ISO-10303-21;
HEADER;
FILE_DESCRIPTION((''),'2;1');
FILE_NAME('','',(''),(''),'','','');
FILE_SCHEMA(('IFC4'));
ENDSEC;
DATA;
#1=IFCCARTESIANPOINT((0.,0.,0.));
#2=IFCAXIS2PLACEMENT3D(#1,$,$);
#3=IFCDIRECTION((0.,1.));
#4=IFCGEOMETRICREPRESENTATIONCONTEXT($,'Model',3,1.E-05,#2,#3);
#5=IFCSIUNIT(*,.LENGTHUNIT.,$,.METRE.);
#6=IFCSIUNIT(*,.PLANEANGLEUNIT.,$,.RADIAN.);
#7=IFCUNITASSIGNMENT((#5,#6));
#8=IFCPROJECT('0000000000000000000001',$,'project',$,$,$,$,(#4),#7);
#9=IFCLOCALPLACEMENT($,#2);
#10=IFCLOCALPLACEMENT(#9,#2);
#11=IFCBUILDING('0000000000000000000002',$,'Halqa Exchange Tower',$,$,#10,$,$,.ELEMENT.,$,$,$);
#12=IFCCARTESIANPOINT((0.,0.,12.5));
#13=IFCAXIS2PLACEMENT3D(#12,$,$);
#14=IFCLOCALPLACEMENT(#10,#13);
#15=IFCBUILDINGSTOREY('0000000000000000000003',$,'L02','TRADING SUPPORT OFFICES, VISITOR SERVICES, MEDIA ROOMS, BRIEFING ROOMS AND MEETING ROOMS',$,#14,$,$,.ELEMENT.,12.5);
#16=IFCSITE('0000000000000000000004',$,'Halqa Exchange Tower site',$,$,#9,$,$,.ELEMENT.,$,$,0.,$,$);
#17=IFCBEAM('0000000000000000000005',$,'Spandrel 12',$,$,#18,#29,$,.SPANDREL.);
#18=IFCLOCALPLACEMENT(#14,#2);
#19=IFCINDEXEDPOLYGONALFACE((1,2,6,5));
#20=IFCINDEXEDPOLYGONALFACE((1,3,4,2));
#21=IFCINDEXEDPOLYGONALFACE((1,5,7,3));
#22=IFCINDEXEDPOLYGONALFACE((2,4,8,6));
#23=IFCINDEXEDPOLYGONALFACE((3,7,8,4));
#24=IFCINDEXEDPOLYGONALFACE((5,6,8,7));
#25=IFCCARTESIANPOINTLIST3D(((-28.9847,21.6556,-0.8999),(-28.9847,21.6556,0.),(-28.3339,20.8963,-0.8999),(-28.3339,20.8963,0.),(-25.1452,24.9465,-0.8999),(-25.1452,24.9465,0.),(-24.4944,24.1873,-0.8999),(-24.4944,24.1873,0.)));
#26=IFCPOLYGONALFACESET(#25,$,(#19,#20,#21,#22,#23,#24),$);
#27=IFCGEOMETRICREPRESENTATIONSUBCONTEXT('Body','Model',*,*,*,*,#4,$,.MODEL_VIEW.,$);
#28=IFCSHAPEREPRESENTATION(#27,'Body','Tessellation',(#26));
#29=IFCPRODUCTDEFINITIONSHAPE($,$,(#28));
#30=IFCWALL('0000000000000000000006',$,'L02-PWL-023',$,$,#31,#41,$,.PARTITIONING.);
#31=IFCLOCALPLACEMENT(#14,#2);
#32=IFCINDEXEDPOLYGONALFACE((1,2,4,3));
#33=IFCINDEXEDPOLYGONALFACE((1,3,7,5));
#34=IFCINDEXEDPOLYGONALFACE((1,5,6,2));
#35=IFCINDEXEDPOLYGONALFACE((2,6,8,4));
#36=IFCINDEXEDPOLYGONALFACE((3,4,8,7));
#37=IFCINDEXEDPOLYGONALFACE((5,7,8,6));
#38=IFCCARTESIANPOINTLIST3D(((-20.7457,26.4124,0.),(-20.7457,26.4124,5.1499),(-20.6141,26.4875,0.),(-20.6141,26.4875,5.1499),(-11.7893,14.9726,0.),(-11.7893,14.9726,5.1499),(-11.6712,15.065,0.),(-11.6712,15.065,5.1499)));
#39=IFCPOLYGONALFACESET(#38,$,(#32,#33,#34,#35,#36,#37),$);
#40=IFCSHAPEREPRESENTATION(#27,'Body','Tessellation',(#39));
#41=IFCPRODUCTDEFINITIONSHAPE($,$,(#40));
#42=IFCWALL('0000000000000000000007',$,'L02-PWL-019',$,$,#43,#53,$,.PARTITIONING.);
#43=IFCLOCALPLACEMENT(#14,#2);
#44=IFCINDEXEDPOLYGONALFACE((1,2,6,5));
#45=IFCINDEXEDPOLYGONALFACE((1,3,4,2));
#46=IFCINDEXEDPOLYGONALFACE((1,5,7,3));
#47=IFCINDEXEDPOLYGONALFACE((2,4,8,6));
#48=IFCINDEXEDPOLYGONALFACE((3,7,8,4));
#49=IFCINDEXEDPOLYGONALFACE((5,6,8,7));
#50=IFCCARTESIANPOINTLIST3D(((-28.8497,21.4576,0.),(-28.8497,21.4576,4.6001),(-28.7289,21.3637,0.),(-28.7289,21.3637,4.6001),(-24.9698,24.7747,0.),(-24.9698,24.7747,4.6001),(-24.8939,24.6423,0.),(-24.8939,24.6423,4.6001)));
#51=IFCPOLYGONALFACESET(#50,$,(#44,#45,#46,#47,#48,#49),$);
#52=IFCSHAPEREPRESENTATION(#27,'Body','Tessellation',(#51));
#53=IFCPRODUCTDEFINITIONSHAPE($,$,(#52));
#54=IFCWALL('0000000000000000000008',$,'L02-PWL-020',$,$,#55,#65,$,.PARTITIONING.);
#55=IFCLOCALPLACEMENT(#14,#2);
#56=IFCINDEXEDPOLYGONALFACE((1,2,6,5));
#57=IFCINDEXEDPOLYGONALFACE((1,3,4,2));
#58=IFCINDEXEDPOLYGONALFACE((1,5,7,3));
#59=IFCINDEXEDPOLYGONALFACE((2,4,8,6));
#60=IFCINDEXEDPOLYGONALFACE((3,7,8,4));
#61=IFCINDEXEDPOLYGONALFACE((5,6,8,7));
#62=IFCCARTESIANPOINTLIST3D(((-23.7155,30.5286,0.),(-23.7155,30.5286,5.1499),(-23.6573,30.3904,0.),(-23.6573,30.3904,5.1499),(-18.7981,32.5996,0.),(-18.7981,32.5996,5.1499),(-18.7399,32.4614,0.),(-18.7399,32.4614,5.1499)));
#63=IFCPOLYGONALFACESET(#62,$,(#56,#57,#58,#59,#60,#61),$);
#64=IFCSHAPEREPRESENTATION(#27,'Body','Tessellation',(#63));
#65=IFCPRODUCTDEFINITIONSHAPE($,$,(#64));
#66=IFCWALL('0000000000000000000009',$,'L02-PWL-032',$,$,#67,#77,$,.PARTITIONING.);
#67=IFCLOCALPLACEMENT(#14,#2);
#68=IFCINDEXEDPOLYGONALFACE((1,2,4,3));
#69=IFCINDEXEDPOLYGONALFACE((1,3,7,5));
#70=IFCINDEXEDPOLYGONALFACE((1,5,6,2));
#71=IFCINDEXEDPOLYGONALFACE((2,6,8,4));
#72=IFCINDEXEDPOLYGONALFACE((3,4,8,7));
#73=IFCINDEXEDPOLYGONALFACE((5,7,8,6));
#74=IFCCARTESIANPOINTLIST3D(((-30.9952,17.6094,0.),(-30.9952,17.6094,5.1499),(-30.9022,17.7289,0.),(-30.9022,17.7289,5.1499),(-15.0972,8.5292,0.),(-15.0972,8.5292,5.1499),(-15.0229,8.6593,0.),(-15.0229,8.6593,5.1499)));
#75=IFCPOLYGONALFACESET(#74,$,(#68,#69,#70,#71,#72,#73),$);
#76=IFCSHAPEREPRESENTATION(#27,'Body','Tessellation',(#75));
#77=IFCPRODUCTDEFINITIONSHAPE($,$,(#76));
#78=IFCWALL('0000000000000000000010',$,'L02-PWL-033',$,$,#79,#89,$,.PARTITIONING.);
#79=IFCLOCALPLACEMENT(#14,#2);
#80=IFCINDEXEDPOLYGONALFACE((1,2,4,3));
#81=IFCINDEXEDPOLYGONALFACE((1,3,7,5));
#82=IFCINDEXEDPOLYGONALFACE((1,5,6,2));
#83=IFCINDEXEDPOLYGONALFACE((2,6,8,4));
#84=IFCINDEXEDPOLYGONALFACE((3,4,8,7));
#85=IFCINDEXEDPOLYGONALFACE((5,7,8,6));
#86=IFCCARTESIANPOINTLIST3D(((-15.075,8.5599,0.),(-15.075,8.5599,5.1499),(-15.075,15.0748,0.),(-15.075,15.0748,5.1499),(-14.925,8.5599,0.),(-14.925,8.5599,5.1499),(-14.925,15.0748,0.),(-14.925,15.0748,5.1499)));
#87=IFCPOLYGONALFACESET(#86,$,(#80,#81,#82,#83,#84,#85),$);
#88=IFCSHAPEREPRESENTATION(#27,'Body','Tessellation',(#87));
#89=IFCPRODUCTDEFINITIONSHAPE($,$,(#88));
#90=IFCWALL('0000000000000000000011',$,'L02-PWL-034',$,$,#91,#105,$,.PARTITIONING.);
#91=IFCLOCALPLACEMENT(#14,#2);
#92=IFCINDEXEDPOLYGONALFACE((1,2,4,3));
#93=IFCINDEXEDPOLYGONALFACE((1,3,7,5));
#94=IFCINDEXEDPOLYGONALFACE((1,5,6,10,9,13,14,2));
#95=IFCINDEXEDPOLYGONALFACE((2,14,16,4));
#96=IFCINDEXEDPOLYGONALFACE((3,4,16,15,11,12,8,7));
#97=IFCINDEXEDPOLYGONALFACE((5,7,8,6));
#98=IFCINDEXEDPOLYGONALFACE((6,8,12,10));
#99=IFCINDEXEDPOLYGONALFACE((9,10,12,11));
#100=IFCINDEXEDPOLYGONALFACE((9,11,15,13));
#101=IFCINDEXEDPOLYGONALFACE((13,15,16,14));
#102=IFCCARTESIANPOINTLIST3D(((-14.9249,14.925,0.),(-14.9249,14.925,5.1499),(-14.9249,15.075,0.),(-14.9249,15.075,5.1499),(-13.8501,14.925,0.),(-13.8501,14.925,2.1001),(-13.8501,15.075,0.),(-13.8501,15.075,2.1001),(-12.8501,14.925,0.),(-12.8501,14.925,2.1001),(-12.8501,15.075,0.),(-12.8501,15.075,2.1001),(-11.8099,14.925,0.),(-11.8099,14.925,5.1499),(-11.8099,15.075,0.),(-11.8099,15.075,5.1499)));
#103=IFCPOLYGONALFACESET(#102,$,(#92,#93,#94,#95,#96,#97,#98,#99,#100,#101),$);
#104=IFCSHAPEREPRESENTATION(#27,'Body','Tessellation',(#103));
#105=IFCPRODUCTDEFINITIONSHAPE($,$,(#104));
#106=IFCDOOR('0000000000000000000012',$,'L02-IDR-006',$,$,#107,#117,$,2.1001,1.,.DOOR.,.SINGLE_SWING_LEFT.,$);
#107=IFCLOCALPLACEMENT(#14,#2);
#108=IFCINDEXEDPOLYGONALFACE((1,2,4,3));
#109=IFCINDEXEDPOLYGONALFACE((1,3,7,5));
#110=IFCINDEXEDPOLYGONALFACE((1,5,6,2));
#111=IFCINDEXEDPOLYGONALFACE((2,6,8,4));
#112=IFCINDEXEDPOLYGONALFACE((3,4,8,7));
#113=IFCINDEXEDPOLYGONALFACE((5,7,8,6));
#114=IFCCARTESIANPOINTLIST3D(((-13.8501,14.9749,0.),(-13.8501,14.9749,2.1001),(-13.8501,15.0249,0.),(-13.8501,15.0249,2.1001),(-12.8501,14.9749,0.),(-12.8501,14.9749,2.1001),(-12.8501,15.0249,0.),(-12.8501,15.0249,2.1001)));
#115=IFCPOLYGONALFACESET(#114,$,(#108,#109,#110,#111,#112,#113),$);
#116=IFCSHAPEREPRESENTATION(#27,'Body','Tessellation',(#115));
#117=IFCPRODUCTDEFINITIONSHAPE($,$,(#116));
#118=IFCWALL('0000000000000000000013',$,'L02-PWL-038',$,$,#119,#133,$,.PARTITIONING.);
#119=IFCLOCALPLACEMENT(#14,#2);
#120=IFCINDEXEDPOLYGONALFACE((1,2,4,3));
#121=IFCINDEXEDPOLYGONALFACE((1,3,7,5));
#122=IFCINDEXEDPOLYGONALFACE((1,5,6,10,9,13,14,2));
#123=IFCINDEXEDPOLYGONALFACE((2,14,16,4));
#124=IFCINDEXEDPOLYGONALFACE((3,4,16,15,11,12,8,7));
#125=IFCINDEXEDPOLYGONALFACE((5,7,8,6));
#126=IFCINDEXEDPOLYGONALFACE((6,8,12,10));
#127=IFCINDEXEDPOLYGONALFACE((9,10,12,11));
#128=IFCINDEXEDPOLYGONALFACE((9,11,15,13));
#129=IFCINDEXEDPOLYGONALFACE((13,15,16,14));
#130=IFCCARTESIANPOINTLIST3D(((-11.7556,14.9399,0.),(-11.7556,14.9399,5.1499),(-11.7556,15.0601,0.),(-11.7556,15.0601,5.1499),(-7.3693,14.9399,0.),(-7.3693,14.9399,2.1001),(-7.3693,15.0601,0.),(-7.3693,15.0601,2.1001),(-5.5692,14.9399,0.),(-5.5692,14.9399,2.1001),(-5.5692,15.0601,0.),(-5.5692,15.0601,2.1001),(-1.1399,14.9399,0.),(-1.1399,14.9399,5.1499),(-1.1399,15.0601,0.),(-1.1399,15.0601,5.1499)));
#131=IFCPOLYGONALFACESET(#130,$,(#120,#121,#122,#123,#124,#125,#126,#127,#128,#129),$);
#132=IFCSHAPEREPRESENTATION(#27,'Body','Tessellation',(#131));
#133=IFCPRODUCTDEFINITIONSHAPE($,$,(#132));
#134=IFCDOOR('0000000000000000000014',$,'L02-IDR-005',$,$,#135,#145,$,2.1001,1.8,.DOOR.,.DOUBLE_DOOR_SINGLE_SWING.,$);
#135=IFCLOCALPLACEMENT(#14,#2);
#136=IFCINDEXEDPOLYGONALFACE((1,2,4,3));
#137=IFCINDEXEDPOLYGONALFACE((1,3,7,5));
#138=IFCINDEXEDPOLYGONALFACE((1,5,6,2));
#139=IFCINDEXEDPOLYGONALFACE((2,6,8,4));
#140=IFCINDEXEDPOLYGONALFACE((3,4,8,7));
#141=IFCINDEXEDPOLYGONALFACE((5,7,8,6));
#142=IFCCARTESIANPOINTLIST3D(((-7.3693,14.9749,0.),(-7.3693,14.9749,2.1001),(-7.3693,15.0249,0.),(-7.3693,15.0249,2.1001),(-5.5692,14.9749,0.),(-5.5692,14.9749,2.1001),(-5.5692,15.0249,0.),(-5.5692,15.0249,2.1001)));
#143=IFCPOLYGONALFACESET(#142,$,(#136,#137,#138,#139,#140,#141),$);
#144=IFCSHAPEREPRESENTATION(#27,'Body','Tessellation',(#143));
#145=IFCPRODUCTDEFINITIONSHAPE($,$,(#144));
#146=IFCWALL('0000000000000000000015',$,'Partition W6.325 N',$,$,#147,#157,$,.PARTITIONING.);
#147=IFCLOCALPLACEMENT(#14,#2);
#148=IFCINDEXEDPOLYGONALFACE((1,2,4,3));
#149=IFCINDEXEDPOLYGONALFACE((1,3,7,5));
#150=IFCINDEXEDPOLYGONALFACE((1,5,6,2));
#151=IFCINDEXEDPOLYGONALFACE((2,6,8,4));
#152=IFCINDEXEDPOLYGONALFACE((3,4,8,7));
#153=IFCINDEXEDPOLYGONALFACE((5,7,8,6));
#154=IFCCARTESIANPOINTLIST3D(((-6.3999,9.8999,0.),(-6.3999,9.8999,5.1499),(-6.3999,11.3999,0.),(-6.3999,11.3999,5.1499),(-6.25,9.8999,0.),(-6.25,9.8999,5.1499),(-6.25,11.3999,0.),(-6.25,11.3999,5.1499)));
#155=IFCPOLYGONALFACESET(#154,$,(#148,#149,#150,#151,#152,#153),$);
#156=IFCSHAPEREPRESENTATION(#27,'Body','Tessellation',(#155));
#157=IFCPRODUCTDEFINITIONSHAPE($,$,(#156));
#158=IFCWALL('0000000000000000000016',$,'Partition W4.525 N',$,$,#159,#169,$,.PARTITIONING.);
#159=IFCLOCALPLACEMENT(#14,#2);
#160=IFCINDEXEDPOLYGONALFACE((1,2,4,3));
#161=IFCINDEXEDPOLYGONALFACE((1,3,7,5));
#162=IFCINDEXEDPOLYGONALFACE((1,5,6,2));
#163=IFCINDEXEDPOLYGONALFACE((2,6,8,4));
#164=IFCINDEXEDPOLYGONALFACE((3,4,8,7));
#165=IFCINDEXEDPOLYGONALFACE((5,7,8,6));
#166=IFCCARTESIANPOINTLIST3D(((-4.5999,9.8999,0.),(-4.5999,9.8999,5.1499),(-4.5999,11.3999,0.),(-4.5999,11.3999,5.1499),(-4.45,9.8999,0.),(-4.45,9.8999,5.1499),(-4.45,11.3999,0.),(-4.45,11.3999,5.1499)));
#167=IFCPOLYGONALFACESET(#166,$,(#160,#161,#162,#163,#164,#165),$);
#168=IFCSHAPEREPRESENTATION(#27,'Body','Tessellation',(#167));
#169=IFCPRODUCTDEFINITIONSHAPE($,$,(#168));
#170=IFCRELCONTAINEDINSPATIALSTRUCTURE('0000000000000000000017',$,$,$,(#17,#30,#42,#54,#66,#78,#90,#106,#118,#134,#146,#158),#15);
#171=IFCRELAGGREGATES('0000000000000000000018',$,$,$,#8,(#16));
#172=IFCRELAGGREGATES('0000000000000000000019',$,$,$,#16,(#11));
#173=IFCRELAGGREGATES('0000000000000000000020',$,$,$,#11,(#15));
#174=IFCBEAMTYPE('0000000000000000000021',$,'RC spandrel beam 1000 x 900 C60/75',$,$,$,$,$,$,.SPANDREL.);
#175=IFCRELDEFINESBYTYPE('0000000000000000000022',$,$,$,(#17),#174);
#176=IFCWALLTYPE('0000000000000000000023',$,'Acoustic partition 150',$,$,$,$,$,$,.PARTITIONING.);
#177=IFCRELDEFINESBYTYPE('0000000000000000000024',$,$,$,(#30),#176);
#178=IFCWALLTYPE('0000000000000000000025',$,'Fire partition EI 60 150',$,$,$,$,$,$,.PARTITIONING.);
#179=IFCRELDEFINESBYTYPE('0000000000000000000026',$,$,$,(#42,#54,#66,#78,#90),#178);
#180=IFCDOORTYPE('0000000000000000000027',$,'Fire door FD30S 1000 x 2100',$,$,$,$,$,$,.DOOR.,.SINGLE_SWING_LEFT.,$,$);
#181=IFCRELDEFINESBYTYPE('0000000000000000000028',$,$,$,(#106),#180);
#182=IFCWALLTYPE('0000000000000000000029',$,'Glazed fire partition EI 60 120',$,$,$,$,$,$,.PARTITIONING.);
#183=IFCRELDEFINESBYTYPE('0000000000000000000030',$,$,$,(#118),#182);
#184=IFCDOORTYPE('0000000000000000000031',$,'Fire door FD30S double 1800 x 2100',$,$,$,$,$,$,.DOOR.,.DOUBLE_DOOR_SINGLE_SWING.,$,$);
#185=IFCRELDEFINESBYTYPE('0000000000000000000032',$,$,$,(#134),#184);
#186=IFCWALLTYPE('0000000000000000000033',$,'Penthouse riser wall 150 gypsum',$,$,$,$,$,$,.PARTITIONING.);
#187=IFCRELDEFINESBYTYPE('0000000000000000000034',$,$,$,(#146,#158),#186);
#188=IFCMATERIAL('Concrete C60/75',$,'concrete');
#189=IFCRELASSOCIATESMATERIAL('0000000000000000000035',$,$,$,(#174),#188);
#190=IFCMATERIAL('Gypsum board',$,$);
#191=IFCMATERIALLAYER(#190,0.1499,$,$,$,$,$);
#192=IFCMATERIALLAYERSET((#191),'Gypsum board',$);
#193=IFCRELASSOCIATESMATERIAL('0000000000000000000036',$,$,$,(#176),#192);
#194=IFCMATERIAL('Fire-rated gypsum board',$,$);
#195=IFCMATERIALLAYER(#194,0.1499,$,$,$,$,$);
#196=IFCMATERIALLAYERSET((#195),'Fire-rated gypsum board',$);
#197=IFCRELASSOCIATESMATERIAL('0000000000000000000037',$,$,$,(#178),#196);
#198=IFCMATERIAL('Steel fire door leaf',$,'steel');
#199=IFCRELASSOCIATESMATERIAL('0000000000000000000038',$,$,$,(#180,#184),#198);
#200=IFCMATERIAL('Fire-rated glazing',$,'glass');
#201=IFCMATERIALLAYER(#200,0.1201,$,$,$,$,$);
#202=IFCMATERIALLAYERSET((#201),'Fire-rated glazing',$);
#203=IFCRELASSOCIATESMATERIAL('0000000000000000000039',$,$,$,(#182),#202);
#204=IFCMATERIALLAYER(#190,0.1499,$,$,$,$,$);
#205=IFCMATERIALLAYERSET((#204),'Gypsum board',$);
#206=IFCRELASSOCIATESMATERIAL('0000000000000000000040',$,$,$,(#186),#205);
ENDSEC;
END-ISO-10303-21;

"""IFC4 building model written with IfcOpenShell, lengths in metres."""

from ifc_helpers import new_model, si_unit, direction, frame, frame_2d, origin, origin_2d, place, context, subcontext, project, spatial, polyline, rectangle, outline, extrude, material, layer, layer_set, material_profile, profile_set, type_object, element, fill, save


model = new_model("IFC4")

# Units and contexts
model_context = context("Model", 3, precision=1e-05, world=origin(), true_north=direction((0.0, 1.0)))
body_context = subcontext(model_context, "Body", "Model", "MODEL_VIEW")
ifc_project = project(units=[si_unit("LENGTHUNIT", "METRE"), si_unit("PLANEANGLEUNIT", "RADIAN")], contexts=[model_context])

# Site, building, storey
site_placement = place(None, origin())
site = spatial("IfcSite", under=ifc_project, at=site_placement, Name="Halqa Exchange Tower site", CompositionType="ELEMENT", RefElevation=0.0)
building_placement = place(site_placement, origin())
building = spatial("IfcBuilding", under=site, at=building_placement, Name="Halqa Exchange Tower", CompositionType="ELEMENT")
storey_placement = place(building_placement, frame((0.0, 0.0, 12.5)))
storey = spatial("IfcBuildingStorey", under=building, at=storey_placement, Name="L02", Description="TRADING SUPPORT OFFICES, VISITOR SERVICES, MEDIA ROOMS, BRIEFING ROOMS AND MEETING ROOMS", CompositionType="ELEMENT", Elevation=12.5)

# Beam
ifc_material_1 = material(Name="Concrete C60/75", Category="concrete")
ifc_material_profile_1 = material_profile(ifc_material_1, rectangle(XDim=1.0, YDim=0.8999, at=origin_2d()), Name="1000 x 900")
ifc_profile_set_1 = profile_set([ifc_material_profile_1], Name="Concrete C60/75")
beam_type_1 = type_object("IfcBeamType", Name="RC spandrel beam 1000 x 900 C60/75", PredefinedType="SPANDREL", material=ifc_profile_set_1)
beam_1_placement = place(storey_placement, frame((-24.8198, 24.5669, -0.45), z_axis=(-0.759263, -0.650783, 0.0), x_axis=(0.650783, -0.759263, 0.0)))
element("IfcBeam", 1, at=beam_1_placement, inside=storey, type_object=beam_type_1, Name="Spandrel 12", PredefinedType="SPANDREL", context=body_context, shape_type="SweptSolid", body=[
    extrude(rectangle(XDim=1.0, YDim=0.8999, at=origin_2d()), origin(), (0.0, 0.0, 1.0), 5.0569),
])

# Walls
ifc_material_2 = material(Name="Gypsum board")
ifc_layer_1 = layer(ifc_material_2, 0.1499)
ifc_layer_set_1 = layer_set([ifc_layer_1], Name="Gypsum board")
wall_type_1 = type_object("IfcWallType", Name="Acoustic partition 150", PredefinedType="PARTITIONING", material=ifc_layer_set_1)
wall_1_placement = place(storey_placement, frame((-20.6799, 26.45, 0.0), z_axis=(0.0, 0.0, 1.0), x_axis=(0.616462, -0.787385, 0.0)))
element("IfcWall", 2, at=wall_1_placement, inside=storey, type_object=wall_type_1, Name="L02-PWL-023", PredefinedType="PARTITIONING", context=body_context, shape_type="SweptSolid", body=[
    extrude(outline(polyline([(-0.011, -0.075), (14.5178, -0.075), (14.5178, 0.075), (0.011, 0.075), (-0.011, -0.075)])), origin(), (0.0, 0.0, 1.0), 5.1499),
])
ifc_material_3 = material(Name="Fire-rated gypsum board")
ifc_layer_2 = layer(ifc_material_3, 0.1499)
ifc_layer_set_2 = layer_set([ifc_layer_2], Name="Fire-rated gypsum board")
wall_type_2 = type_object("IfcWallType", Name="Fire partition EI 60 150", PredefinedType="PARTITIONING", material=ifc_layer_set_2)
wall_2_placement = place(storey_placement, frame((-24.9319, 24.7085, 0.0), z_axis=(0.0, 0.0, 1.0), x_axis=(-0.760085, -0.649824, 0.0)))
element("IfcWall", 3, at=wall_2_placement, inside=storey, type_object=wall_type_2, Name="L02-PWL-019", PredefinedType="PARTITIONING", context=body_context, shape_type="SweptSolid", body=[
    extrude(outline(polyline([(-0.0142, -0.075), (5.0903, -0.075), (5.0596, 0.075), (0.0142, 0.075), (-0.0142, -0.075)])), origin(), (0.0, 0.0, 1.0), 4.6001),
])
wall_3_placement = place(storey_placement, frame((-23.6865, 30.4595, 0.0), z_axis=(0.0, 0.0, 1.0), x_axis=(0.9216, 0.388141, 0.0)))
element("IfcWall", 4, at=wall_3_placement, inside=storey, type_object=wall_type_2, Name="L02-PWL-020", PredefinedType="PARTITIONING", context=body_context, shape_type="SweptSolid", body=[
    extrude(rectangle(XDim=5.3357, YDim=0.1499, at=frame_2d((2.668, 0.0))), origin(), (0.0, 0.0, 1.0), 5.1499),
])
wall_4_placement = place(storey_placement, frame((-15.0601, 8.5942, 0.0), z_axis=(0.0, 0.0, 1.0), x_axis=(-0.868344, 0.495962, 0.0)))
element("IfcWall", 5, at=wall_4_placement, inside=storey, type_object=wall_type_2, Name="L02-PWL-032", PredefinedType="PARTITIONING", context=body_context, shape_type="SweptSolid", body=[
    extrude(outline(polyline([(0.0, -0.075), (18.2869, -0.075), (18.3083, 0.075), (0.0, 0.075), (0.0, -0.075)])), origin(), (0.0, 0.0, 1.0), 5.1499),
])
wall_5_placement = place(storey_placement, frame((-15.0, 8.5601, 0.0), z_axis=(0.0, 0.0, 1.0), x_axis=(0.0, 1.0, 0.0)))
element("IfcWall", 6, at=wall_5_placement, inside=storey, type_object=wall_type_2, Name="L02-PWL-033", PredefinedType="PARTITIONING", context=body_context, shape_type="SweptSolid", body=[
    extrude(rectangle(XDim=6.5149, YDim=0.1499, at=frame_2d((3.2573, 0.0))), origin(), (0.0, 0.0, 1.0), 5.1499),
])

# Walls, openings, doors
wall_6_placement = place(storey_placement, frame((-14.925, 15.0, 0.0), z_axis=(0.0, 0.0, 1.0), x_axis=(1.0, 0.0, 0.0)))
wall_6 = element("IfcWall", 7, at=wall_6_placement, inside=storey, type_object=wall_type_2, Name="L02-PWL-034", PredefinedType="PARTITIONING", context=body_context, shape_type="SweptSolid", body=[
    extrude(rectangle(XDim=3.115, YDim=0.1499, at=frame_2d((1.5576, 0.0))), origin(), (0.0, 0.0, 1.0), 5.1499),
])
opening_1_placement = place(wall_6_placement, frame((1.075, 0.0, 0.0)))
opening_1 = element("IfcOpeningElement", 8, at=opening_1_placement, cuts=wall_6, PredefinedType="OPENING", context=body_context, shape_type="SweptSolid", body=[
    extrude(rectangle(XDim=1.0, YDim=2.1001, at=frame_2d((0.5, 1.05))), frame((0.0, 0.0869, 0.0), z_axis=(0.0, -1.0, 0.0), x_axis=(1.0, 0.0, 0.0)), (0.0, 0.0, 1.0), 0.1738),
])
ifc_material_4 = material(Name="Steel fire door leaf", Category="steel")
door_type_1 = type_object("IfcDoorType", Name="Fire door FD30S 1000 x 2100", OperationType="SINGLE_SWING_LEFT", PredefinedType="DOOR", material=ifc_material_4)
door_1_placement = place(opening_1_placement, origin())
door_1 = element("IfcDoor", 9, at=door_1_placement, inside=storey, type_object=door_type_1, Name="L02-IDR-006", OperationType="SINGLE_SWING_LEFT", OverallHeight=2.1001, OverallWidth=1.0, PredefinedType="DOOR", context=body_context, shape_type="SweptSolid", body=[
    extrude(rectangle(XDim=1.0, YDim=2.1001, at=frame_2d((0.5, 1.05))), frame((0.0, 0.0249, 0.0), z_axis=(0.0, -1.0, 0.0), x_axis=(1.0, 0.0, 0.0)), (0.0, 0.0, 1.0), 0.05),
])
fill(opening_1, door_1)
ifc_material_5 = material(Name="Fire-rated glazing", Category="glass")
ifc_layer_3 = layer(ifc_material_5, 0.1201)
ifc_layer_set_3 = layer_set([ifc_layer_3], Name="Fire-rated glazing")
wall_type_3 = type_object("IfcWallType", Name="Glazed fire partition EI 60 120", PredefinedType="PARTITIONING", material=ifc_layer_set_3)
wall_7_placement = place(storey_placement, frame((-11.7556, 15.0, 0.0), z_axis=(0.0, 0.0, 1.0), x_axis=(1.0, 0.0, 0.0)))
wall_7 = element("IfcWall", 10, at=wall_7_placement, inside=storey, type_object=wall_type_3, Name="L02-PWL-038", PredefinedType="PARTITIONING", context=body_context, shape_type="SweptSolid", body=[
    extrude(rectangle(XDim=10.6157, YDim=0.1201, at=frame_2d((5.3079, 0.0))), origin(), (0.0, 0.0, 1.0), 5.1499),
])
opening_2_placement = place(wall_7_placement, frame((4.3865, 0.0, 0.0)))
opening_2 = element("IfcOpeningElement", 11, at=opening_2_placement, cuts=wall_7, PredefinedType="OPENING", context=body_context, shape_type="SweptSolid", body=[
    extrude(rectangle(XDim=1.8, YDim=2.1001, at=frame_2d((0.8999, 1.05))), frame((0.0, 0.072, 0.0), z_axis=(0.0, -1.0, 0.0), x_axis=(1.0, 0.0, 0.0)), (0.0, 0.0, 1.0), 0.144),
])
door_type_2 = type_object("IfcDoorType", Name="Fire door FD30S double 1800 x 2100", OperationType="DOUBLE_DOOR_SINGLE_SWING", PredefinedType="DOOR", material=ifc_material_4)
door_2_placement = place(opening_2_placement, origin())
door_2 = element("IfcDoor", 12, at=door_2_placement, inside=storey, type_object=door_type_2, Name="L02-IDR-005", OperationType="DOUBLE_DOOR_SINGLE_SWING", OverallHeight=2.1001, OverallWidth=1.8, PredefinedType="DOOR", context=body_context, shape_type="SweptSolid", body=[
    extrude(rectangle(XDim=1.8, YDim=2.1001, at=frame_2d((0.8999, 1.05))), frame((0.0, 0.0249, 0.0), z_axis=(0.0, -1.0, 0.0), x_axis=(1.0, 0.0, 0.0)), (0.0, 0.0, 1.0), 0.05),
])
fill(opening_2, door_2)

# Walls
ifc_layer_4 = layer(ifc_material_2, 0.1499)
ifc_layer_set_4 = layer_set([ifc_layer_4], Name="Gypsum board")
wall_type_4 = type_object("IfcWallType", Name="Penthouse riser wall 150 gypsum", PredefinedType="PARTITIONING", material=ifc_layer_set_4)
for number, where, z_axis, x_axis, name in (
    (13, (-6.325, 9.8999, 0.0), (0.0, 0.0, 1.0), (0.0, 1.0, 0.0), "Partition W6.325 N"),
    (14, (-4.5249, 9.8999, 0.0), (0.0, 0.0, 1.0), (0.0, 1.0, 0.0), "Partition W4.525 N"),
):
    element("IfcWall", number, at=place(storey_placement, frame(where, z_axis=z_axis, x_axis=x_axis)), inside=storey, type_object=wall_type_4, Name=name, PredefinedType="PARTITIONING", context=body_context, shape_type="SweptSolid", body=[
        extrude(rectangle(XDim=1.5, YDim=0.1499, at=frame_2d((0.75, 0.0))), origin(), (0.0, 0.0, 1.0), 5.1499),
    ])

save(model, "model.ifc")
